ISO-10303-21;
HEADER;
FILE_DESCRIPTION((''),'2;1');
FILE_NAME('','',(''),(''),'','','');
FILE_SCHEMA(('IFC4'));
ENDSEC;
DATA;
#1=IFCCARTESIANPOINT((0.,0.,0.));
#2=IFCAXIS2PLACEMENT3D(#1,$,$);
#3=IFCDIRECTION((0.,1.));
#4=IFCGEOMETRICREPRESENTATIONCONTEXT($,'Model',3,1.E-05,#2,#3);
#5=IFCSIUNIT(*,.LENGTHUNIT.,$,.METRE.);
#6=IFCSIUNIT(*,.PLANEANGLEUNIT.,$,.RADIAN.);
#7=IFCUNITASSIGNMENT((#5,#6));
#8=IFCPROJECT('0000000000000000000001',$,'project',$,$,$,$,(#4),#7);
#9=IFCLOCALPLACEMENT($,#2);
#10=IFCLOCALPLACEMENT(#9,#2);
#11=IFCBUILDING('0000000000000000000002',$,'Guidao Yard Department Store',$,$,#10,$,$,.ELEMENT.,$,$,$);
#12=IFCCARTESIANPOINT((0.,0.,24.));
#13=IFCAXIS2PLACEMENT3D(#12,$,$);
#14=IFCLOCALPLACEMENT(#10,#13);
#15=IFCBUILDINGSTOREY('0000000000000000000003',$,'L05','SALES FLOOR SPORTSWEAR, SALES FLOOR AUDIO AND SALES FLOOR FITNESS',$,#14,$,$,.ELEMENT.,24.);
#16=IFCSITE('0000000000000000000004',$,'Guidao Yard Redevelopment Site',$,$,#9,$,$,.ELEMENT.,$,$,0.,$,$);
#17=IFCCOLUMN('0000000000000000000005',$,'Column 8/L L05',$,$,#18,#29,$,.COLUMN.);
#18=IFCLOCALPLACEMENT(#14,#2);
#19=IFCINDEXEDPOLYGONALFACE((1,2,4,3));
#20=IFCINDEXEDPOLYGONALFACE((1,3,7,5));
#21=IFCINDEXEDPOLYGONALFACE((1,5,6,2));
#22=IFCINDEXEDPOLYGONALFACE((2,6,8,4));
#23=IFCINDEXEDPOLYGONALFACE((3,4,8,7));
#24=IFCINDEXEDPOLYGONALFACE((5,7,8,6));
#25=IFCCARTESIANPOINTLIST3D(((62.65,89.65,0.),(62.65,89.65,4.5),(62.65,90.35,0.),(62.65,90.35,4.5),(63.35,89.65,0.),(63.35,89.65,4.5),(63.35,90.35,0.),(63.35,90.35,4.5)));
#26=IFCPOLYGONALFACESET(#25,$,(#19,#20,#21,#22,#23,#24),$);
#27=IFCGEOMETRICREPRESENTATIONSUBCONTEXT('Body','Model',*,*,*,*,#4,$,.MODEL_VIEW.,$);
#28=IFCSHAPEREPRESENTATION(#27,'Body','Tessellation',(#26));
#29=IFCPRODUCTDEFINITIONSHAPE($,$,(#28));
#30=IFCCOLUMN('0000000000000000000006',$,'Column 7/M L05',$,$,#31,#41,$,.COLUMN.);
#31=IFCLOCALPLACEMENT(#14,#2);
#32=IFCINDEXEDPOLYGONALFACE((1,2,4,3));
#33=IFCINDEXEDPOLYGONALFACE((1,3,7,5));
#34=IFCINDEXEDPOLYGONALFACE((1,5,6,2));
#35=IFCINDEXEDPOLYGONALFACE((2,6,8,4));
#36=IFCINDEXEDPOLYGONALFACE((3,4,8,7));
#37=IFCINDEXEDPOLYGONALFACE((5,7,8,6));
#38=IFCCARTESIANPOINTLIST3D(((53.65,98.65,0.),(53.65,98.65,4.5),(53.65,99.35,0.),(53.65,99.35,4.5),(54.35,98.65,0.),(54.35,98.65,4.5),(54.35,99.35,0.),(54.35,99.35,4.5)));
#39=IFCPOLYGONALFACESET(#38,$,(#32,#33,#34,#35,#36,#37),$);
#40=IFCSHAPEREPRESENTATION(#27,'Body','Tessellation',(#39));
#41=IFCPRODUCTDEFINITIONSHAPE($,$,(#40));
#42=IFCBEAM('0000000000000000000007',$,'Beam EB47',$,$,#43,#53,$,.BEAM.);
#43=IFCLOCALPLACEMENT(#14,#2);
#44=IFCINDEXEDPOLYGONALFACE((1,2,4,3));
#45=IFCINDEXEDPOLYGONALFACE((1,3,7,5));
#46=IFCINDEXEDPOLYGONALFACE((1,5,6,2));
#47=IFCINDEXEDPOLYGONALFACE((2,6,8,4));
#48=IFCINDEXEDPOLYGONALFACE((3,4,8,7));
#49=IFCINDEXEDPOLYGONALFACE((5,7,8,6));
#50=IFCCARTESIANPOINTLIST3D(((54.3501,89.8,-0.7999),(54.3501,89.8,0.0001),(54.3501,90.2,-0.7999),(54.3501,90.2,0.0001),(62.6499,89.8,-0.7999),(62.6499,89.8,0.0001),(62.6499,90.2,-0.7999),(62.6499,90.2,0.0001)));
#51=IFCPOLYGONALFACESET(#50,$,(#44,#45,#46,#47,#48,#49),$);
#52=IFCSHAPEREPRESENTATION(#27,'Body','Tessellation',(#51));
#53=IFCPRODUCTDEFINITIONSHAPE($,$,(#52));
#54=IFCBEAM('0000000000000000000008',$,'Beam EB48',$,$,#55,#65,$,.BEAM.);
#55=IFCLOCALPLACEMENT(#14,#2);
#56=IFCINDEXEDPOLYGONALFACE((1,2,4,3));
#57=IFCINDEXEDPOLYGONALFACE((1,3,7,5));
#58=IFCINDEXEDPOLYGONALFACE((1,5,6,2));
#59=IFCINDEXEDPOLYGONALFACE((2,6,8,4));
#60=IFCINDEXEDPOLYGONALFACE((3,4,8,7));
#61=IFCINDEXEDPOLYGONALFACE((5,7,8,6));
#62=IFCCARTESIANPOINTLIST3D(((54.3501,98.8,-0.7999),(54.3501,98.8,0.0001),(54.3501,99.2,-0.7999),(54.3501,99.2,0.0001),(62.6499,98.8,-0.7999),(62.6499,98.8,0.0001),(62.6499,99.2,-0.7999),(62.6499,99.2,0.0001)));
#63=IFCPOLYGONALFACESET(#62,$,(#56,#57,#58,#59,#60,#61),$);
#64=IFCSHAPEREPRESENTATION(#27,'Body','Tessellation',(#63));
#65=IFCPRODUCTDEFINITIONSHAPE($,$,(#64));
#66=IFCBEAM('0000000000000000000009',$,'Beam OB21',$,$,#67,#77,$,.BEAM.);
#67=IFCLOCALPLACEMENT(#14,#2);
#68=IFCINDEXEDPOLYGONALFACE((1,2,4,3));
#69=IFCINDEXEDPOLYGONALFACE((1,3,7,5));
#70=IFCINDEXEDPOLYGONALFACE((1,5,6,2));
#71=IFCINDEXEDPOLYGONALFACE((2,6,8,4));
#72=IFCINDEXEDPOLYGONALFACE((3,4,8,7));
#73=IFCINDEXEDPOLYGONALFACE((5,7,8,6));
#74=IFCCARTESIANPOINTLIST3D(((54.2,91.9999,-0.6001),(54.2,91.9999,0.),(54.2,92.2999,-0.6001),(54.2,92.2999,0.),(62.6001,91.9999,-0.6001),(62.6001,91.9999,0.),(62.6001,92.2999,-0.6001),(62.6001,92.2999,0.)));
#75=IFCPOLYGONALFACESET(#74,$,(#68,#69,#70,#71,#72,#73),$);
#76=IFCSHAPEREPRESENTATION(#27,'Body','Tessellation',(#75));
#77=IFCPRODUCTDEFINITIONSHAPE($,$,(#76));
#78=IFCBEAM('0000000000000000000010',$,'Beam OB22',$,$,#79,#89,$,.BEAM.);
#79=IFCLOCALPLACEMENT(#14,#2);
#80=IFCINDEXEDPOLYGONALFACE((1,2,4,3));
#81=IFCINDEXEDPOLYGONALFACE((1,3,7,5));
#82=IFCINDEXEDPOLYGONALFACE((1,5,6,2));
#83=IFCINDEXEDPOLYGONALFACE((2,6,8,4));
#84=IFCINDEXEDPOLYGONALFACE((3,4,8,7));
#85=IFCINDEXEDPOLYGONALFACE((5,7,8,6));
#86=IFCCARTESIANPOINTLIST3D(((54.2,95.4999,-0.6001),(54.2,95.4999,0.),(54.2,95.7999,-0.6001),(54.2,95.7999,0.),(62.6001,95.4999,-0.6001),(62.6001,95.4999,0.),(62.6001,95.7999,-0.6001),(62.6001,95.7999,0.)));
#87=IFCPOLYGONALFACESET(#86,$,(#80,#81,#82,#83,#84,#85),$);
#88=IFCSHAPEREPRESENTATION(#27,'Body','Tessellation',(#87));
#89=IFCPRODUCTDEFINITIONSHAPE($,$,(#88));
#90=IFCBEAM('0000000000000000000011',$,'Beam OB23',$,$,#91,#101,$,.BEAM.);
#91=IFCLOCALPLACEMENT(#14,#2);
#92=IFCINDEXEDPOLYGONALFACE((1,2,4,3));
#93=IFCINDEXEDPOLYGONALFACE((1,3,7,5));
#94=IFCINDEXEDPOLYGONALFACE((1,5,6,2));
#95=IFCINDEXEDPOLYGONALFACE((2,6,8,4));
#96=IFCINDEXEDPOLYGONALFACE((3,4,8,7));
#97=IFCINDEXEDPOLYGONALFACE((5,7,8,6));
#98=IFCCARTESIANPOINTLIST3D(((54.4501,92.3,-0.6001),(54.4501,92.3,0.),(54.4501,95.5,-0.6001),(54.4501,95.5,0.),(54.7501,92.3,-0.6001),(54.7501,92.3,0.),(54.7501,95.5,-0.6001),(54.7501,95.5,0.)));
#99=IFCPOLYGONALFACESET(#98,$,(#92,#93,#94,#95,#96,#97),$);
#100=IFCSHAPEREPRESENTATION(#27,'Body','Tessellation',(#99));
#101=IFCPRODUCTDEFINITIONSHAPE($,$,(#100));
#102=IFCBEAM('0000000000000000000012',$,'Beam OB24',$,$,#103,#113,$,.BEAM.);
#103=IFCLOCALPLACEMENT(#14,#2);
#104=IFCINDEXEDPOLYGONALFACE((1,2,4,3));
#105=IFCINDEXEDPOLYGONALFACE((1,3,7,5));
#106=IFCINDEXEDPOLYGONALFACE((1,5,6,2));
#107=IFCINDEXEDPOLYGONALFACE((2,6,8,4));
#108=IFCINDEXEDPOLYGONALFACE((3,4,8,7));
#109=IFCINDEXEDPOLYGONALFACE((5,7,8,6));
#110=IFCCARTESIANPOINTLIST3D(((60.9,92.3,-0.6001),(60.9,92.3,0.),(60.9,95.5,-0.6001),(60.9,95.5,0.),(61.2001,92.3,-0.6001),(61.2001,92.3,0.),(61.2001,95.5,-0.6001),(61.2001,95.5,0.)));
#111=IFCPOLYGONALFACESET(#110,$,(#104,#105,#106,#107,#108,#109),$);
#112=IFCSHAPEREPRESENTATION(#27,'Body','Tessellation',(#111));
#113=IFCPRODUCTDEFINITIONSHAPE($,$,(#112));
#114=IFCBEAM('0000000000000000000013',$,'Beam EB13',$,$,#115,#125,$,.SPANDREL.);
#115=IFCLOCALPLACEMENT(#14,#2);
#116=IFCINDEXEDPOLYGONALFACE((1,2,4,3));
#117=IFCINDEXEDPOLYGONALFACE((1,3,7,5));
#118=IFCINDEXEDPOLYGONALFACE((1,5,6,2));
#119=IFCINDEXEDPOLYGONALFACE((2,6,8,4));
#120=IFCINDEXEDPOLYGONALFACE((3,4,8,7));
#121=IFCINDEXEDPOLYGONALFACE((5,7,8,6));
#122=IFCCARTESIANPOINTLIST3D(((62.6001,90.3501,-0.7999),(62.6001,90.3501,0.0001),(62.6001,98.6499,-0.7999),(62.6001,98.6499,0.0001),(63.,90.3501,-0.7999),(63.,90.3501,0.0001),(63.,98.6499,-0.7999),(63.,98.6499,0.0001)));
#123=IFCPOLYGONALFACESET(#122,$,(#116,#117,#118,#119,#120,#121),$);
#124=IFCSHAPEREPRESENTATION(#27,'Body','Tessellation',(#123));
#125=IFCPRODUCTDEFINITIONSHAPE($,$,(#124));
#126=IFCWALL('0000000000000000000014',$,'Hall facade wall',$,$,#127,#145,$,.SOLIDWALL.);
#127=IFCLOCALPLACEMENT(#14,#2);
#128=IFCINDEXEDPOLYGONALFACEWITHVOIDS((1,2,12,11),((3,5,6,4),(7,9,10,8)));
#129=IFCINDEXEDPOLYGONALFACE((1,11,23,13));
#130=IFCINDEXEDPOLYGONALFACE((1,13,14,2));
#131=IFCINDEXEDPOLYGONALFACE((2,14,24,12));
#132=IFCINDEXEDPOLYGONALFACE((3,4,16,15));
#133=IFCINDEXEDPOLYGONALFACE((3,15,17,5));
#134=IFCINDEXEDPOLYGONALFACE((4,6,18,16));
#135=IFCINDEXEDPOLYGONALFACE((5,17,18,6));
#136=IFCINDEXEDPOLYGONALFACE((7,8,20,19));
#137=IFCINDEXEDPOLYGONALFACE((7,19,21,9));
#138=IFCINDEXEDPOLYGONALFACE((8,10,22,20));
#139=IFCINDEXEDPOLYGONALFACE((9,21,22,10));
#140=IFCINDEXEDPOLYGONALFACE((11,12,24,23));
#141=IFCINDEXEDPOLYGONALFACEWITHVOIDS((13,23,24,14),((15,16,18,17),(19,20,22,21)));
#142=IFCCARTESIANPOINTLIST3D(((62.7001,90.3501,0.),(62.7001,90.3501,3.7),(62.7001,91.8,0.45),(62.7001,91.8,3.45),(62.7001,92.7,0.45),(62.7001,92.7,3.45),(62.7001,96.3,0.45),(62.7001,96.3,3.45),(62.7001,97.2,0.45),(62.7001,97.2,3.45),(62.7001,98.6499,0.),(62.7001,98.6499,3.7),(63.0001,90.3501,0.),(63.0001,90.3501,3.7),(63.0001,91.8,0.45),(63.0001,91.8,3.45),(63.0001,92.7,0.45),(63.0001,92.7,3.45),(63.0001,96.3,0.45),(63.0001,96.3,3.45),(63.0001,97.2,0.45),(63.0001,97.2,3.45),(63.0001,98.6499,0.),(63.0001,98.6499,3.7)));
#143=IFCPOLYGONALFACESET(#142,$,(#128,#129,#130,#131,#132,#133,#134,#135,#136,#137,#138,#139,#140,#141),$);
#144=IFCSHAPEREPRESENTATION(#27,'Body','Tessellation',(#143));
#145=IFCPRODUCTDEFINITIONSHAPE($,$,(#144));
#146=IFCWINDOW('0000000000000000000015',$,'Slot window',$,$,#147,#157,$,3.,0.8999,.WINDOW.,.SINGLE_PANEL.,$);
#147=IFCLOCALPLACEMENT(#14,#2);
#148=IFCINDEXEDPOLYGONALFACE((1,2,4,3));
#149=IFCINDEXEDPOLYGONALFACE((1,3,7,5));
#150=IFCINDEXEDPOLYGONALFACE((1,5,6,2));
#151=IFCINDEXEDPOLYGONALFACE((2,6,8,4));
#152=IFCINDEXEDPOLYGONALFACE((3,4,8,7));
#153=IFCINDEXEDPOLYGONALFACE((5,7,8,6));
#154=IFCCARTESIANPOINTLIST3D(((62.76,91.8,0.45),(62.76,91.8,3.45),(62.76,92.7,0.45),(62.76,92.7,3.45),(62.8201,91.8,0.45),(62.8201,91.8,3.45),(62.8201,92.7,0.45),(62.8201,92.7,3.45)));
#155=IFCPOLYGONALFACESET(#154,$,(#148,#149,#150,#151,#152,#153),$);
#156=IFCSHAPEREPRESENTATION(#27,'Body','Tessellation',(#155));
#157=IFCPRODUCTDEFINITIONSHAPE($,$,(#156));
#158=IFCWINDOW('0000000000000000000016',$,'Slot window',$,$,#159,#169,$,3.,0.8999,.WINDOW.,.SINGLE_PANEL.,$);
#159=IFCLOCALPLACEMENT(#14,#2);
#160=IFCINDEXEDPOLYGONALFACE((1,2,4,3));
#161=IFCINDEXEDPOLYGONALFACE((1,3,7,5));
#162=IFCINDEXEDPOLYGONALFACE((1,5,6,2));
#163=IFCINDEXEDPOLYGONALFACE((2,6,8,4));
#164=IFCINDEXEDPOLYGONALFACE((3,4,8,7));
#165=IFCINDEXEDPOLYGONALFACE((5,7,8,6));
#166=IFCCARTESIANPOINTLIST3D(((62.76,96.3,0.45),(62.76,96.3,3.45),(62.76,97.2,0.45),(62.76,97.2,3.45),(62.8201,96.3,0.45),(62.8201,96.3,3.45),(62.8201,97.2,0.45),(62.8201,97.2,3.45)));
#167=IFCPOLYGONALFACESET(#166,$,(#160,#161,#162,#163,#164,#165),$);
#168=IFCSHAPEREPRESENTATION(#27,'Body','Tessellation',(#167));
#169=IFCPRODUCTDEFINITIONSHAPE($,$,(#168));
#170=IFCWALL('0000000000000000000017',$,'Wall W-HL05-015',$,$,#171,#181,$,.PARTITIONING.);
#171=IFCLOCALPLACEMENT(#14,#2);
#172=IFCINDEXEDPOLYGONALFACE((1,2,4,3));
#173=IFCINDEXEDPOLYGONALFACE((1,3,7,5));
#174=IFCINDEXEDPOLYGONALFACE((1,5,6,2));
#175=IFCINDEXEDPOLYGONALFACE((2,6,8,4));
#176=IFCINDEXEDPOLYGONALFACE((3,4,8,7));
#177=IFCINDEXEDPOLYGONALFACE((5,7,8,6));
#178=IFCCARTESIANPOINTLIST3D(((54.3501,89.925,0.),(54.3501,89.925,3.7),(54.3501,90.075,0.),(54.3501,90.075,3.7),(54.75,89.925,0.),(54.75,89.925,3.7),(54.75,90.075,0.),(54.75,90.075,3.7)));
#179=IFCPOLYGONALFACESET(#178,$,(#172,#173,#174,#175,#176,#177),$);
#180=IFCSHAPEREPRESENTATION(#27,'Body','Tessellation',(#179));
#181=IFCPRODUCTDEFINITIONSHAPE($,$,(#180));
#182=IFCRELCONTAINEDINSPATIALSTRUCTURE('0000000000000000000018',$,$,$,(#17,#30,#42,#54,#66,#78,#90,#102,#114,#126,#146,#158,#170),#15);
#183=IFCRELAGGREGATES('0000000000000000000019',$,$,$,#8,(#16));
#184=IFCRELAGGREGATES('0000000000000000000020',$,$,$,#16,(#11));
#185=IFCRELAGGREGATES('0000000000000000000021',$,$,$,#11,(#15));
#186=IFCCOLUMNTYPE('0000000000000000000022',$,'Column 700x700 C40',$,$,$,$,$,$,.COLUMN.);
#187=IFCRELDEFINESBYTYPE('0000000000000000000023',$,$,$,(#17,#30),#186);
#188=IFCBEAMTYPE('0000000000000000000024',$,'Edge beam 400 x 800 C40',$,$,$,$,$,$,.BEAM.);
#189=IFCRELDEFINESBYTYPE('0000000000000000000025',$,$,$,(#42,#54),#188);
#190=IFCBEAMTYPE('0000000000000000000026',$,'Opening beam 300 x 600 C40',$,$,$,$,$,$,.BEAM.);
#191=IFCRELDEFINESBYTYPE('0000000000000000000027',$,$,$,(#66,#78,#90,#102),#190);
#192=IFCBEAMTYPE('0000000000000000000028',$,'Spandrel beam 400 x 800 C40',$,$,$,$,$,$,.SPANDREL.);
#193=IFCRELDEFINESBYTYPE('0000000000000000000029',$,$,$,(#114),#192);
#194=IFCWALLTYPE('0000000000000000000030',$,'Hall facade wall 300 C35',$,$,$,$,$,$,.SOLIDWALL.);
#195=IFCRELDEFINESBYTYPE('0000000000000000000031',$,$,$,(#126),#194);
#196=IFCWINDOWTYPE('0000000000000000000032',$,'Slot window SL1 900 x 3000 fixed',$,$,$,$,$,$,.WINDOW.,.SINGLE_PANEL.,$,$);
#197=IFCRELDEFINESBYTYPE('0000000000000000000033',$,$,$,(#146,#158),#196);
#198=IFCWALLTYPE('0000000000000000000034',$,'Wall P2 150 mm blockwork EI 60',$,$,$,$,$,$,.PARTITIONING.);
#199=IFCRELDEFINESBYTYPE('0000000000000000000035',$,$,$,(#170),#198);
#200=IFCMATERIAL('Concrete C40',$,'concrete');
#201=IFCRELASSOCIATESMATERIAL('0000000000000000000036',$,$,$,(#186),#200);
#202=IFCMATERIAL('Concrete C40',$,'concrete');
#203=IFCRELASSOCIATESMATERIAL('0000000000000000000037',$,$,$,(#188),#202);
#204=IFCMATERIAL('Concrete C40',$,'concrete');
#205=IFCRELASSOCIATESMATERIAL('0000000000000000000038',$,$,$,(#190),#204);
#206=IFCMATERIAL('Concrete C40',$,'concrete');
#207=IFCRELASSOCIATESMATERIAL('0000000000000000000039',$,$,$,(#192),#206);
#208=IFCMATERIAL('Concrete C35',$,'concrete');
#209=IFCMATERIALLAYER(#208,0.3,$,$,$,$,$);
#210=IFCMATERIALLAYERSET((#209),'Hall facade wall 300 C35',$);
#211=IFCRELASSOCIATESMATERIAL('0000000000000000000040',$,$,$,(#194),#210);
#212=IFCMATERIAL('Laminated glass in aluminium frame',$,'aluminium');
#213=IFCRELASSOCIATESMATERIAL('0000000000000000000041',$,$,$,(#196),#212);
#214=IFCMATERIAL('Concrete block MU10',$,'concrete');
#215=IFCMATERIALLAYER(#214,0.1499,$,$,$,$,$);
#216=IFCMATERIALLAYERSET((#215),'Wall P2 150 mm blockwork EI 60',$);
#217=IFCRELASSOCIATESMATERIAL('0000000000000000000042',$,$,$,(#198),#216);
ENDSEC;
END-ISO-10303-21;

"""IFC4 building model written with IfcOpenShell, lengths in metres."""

from ifc_helpers import new_model, si_unit, direction, frame, frame_2d, origin, origin_2d, place, context, subcontext, project, spatial, rectangle, extrude, material, layer, layer_set, material_profile, profile_set, type_object, element, fill, save


model = new_model("IFC4")

# Units and contexts
model_context = context("Model", 3, precision=1e-05, world=origin(), true_north=direction((0.0, 1.0)))
body_context = subcontext(model_context, "Body", "Model", "MODEL_VIEW")
ifc_project = project(units=[si_unit("LENGTHUNIT", "METRE"), si_unit("PLANEANGLEUNIT", "RADIAN")], contexts=[model_context])

# Site, building, storey
site_placement = place(None, origin())
site = spatial("IfcSite", under=ifc_project, at=site_placement, Name="Guidao Yard Redevelopment Site", CompositionType="ELEMENT", RefElevation=0.0)
building_placement = place(site_placement, origin())
building = spatial("IfcBuilding", under=site, at=building_placement, Name="Guidao Yard Department Store", CompositionType="ELEMENT")
storey_placement = place(building_placement, frame((0.0, 0.0, 24.0)))
storey = spatial("IfcBuildingStorey", under=building, at=storey_placement, Name="L05", Description="SALES FLOOR SPORTSWEAR, SALES FLOOR AUDIO AND SALES FLOOR FITNESS", CompositionType="ELEMENT", Elevation=24.0)

# Columns
ifc_material_1 = material(Name="Concrete C40", Category="concrete")
ifc_material_profile_1 = material_profile(ifc_material_1, rectangle(XDim=0.7, YDim=0.7, at=origin_2d()), Name="COL 700x700")
ifc_profile_set_1 = profile_set([ifc_material_profile_1], Name="Concrete C40")
column_type = type_object("IfcColumnType", Name="Column 700x700 C40", PredefinedType="COLUMN", material=ifc_profile_set_1)
for number, where, z_axis, x_axis, name in (
    (1, (63.0, 90.0, 0.0), (0.0, 0.0, 1.0), (1.0, 0.0, 0.0), "Column 8/L L05"),
    (2, (54.0, 99.0, 0.0), (0.0, 0.0, 1.0), (1.0, 0.0, 0.0), "Column 7/M L05"),
):
    element("IfcColumn", number, at=place(storey_placement, frame(where, z_axis=z_axis, x_axis=x_axis)), inside=storey, type_object=column_type, Name=name, PredefinedType="COLUMN", context=body_context, shape_type="SweptSolid", body=[
        extrude(rectangle(XDim=0.7, YDim=0.7, at=origin_2d()), origin(), (0.0, 0.0, 1.0), 4.5),
    ])

# Beams
ifc_material_2 = material(Name="Concrete C40", Category="concrete")
ifc_material_profile_2 = material_profile(ifc_material_2, rectangle(XDim=0.3999, YDim=0.8, at=origin_2d()), Name="Edge beam 400 x 800 C40")
ifc_profile_set_2 = profile_set([ifc_material_profile_2], Name="Concrete C40")
beam_type_1 = type_object("IfcBeamType", Name="Edge beam 400 x 800 C40", PredefinedType="BEAM", material=ifc_profile_set_2)
for number, where, z_axis, x_axis, name in (
    (3, (54.3501, 90.0, -0.3999), (1.0, 0.0, 0.0), (0.0, 1.0, 0.0), "Beam EB47"),
    (4, (54.3501, 99.0, -0.3999), (1.0, 0.0, 0.0), (0.0, 1.0, 0.0), "Beam EB48"),
):
    element("IfcBeam", number, at=place(storey_placement, frame(where, z_axis=z_axis, x_axis=x_axis)), inside=storey, type_object=beam_type_1, Name=name, PredefinedType="BEAM", context=body_context, shape_type="SweptSolid", body=[
        extrude(rectangle(XDim=0.3999, YDim=0.8, at=origin_2d()), origin(), (0.0, 0.0, 1.0), 8.2998),
    ])
ifc_material_3 = material(Name="Concrete C40", Category="concrete")
ifc_material_profile_3 = material_profile(ifc_material_3, rectangle(XDim=0.3, YDim=0.6001, at=origin_2d()), Name="Opening beam 300 x 600 C40")
ifc_profile_set_3 = profile_set([ifc_material_profile_3], Name="Concrete C40")
beam_type_2 = type_object("IfcBeamType", Name="Opening beam 300 x 600 C40", PredefinedType="BEAM", material=ifc_profile_set_3)
for number, where, z_axis, x_axis, name in (
    (5, (54.2, 92.1499, -0.3), (1.0, 0.0, 0.0), (0.0, 1.0, 0.0), "Beam OB21"),
    (6, (54.2, 95.6499, -0.3), (1.0, 0.0, 0.0), (0.0, 1.0, 0.0), "Beam OB22"),
):
    element("IfcBeam", number, at=place(storey_placement, frame(where, z_axis=z_axis, x_axis=x_axis)), inside=storey, type_object=beam_type_2, Name=name, PredefinedType="BEAM", context=body_context, shape_type="SweptSolid", body=[
        extrude(rectangle(XDim=0.3, YDim=0.6001, at=origin_2d()), origin(), (0.0, 0.0, 1.0), 8.4001),
    ])
for number, where, z_axis, x_axis, name in (
    (7, (54.6001, 92.3, -0.3), (0.0, 1.0, 0.0), (-1.0, 0.0, 0.0), "Beam OB23"),
    (8, (61.05, 92.3, -0.3), (0.0, 1.0, 0.0), (-1.0, 0.0, 0.0), "Beam OB24"),
):
    element("IfcBeam", number, at=place(storey_placement, frame(where, z_axis=z_axis, x_axis=x_axis)), inside=storey, type_object=beam_type_2, Name=name, PredefinedType="BEAM", context=body_context, shape_type="SweptSolid", body=[
        extrude(rectangle(XDim=0.3, YDim=0.6001, at=origin_2d()), origin(), (0.0, 0.0, 1.0), 3.2),
    ])
ifc_material_4 = material(Name="Concrete C40", Category="concrete")
ifc_material_profile_4 = material_profile(ifc_material_4, rectangle(XDim=0.3999, YDim=0.8, at=origin_2d()), Name="Spandrel beam 400 x 800 C40")
ifc_profile_set_4 = profile_set([ifc_material_profile_4], Name="Concrete C40")
beam_type_3 = type_object("IfcBeamType", Name="Spandrel beam 400 x 800 C40", PredefinedType="SPANDREL", material=ifc_profile_set_4)
beam_placement = place(storey_placement, frame((62.8, 90.3501, -0.3999), z_axis=(0.0, 1.0, 0.0), x_axis=(-1.0, 0.0, 0.0)))
element("IfcBeam", 9, at=beam_placement, inside=storey, type_object=beam_type_3, Name="Beam EB13", PredefinedType="SPANDREL", context=body_context, shape_type="SweptSolid", body=[
    extrude(rectangle(XDim=0.3999, YDim=0.8, at=origin_2d()), origin(), (0.0, 0.0, 1.0), 8.2998),
])

# Wall, openings, windows
ifc_material_5 = material(Name="Concrete C35", Category="concrete")
ifc_layer_1 = layer(ifc_material_5, 0.3)
ifc_layer_set_1 = layer_set([ifc_layer_1], Name="Hall facade wall 300 C35")
wall_type_1 = type_object("IfcWallType", Name="Hall facade wall 300 C35", PredefinedType="SOLIDWALL", material=ifc_layer_set_1)
wall_1_placement = place(storey_placement, frame((62.8501, 98.6499, 0.0), z_axis=(0.0, 0.0, 1.0), x_axis=(0.0, -1.0, 0.0)))
wall_1 = element("IfcWall", 10, at=wall_1_placement, inside=storey, type_object=wall_type_1, Name="Hall facade wall", PredefinedType="SOLIDWALL", context=body_context, shape_type="SweptSolid", body=[
    extrude(rectangle(XDim=8.2998, YDim=0.3, at=frame_2d((4.1499, 0.0))), origin(), (0.0, 0.0, 1.0), 3.7),
])
opening_1_placement = place(wall_1_placement, frame((5.95, 0.0, 0.45)))
opening_1 = element("IfcOpeningElement", 11, at=opening_1_placement, cuts=wall_1, PredefinedType="OPENING", context=body_context, shape_type="SweptSolid", body=[
    extrude(rectangle(XDim=0.8999, YDim=3.0, at=frame_2d((0.45, 1.5))), frame((0.0, 0.1599, 0.0), z_axis=(0.0, -1.0, 0.0), x_axis=(1.0, 0.0, 0.0)), (0.0, 0.0, 1.0), 0.3201),
])
opening_2_placement = place(wall_1_placement, frame((1.45, 0.0, 0.45)))
opening_2 = element("IfcOpeningElement", 12, at=opening_2_placement, cuts=wall_1, PredefinedType="OPENING", context=body_context, shape_type="SweptSolid", body=[
    extrude(rectangle(XDim=0.8999, YDim=3.0, at=frame_2d((0.45, 1.5))), frame((0.0, 0.1599, 0.0), z_axis=(0.0, -1.0, 0.0), x_axis=(1.0, 0.0, 0.0)), (0.0, 0.0, 1.0), 0.3201),
])
ifc_material_6 = material(Name="Laminated glass in aluminium frame", Category="aluminium")
window_type = type_object("IfcWindowType", Name="Slot window SL1 900 x 3000 fixed", PartitioningType="SINGLE_PANEL", PredefinedType="WINDOW", material=ifc_material_6)
window_1_placement = place(opening_1_placement, origin())
window_1 = element("IfcWindow", 13, at=window_1_placement, inside=storey, type_object=window_type, Name="Slot window", OverallHeight=3.0, OverallWidth=0.8999, PartitioningType="SINGLE_PANEL", PredefinedType="WINDOW", context=body_context, shape_type="SweptSolid", body=[
    extrude(rectangle(XDim=0.8999, YDim=3.0, at=frame_2d((0.45, 1.5))), frame((0.0, -0.03, 0.0), z_axis=(0.0, -1.0, 0.0), x_axis=(1.0, 0.0, 0.0)), (0.0, 0.0, 1.0), 0.0601),
])
fill(opening_1, window_1)
window_2_placement = place(opening_2_placement, origin())
window_2 = element("IfcWindow", 14, at=window_2_placement, inside=storey, type_object=window_type, Name="Slot window", OverallHeight=3.0, OverallWidth=0.8999, PartitioningType="SINGLE_PANEL", PredefinedType="WINDOW", context=body_context, shape_type="SweptSolid", body=[
    extrude(rectangle(XDim=0.8999, YDim=3.0, at=frame_2d((0.45, 1.5))), frame((0.0, -0.03, 0.0), z_axis=(0.0, -1.0, 0.0), x_axis=(1.0, 0.0, 0.0)), (0.0, 0.0, 1.0), 0.0601),
])
fill(opening_2, window_2)

# Wall
ifc_material_7 = material(Name="Concrete block MU10", Category="concrete")
ifc_layer_2 = layer(ifc_material_7, 0.1499)
ifc_layer_set_2 = layer_set([ifc_layer_2], Name="Wall P2 150 mm blockwork EI 60")
wall_type_2 = type_object("IfcWallType", Name="Wall P2 150 mm blockwork EI 60", PredefinedType="PARTITIONING", material=ifc_layer_set_2)
wall_2_placement = place(storey_placement, frame((54.3501, 90.0, 0.0), z_axis=(0.0, 0.0, 1.0), x_axis=(1.0, 0.0, 0.0)))
element("IfcWall", 15, at=wall_2_placement, inside=storey, type_object=wall_type_2, Name="Wall W-HL05-015", PredefinedType="PARTITIONING", context=body_context, shape_type="SweptSolid", body=[
    extrude(rectangle(XDim=0.3999, YDim=0.1499, at=frame_2d((0.2, 0.0))), origin(), (0.0, 0.0, 1.0), 3.7),
])

save(model, "model.ifc")
